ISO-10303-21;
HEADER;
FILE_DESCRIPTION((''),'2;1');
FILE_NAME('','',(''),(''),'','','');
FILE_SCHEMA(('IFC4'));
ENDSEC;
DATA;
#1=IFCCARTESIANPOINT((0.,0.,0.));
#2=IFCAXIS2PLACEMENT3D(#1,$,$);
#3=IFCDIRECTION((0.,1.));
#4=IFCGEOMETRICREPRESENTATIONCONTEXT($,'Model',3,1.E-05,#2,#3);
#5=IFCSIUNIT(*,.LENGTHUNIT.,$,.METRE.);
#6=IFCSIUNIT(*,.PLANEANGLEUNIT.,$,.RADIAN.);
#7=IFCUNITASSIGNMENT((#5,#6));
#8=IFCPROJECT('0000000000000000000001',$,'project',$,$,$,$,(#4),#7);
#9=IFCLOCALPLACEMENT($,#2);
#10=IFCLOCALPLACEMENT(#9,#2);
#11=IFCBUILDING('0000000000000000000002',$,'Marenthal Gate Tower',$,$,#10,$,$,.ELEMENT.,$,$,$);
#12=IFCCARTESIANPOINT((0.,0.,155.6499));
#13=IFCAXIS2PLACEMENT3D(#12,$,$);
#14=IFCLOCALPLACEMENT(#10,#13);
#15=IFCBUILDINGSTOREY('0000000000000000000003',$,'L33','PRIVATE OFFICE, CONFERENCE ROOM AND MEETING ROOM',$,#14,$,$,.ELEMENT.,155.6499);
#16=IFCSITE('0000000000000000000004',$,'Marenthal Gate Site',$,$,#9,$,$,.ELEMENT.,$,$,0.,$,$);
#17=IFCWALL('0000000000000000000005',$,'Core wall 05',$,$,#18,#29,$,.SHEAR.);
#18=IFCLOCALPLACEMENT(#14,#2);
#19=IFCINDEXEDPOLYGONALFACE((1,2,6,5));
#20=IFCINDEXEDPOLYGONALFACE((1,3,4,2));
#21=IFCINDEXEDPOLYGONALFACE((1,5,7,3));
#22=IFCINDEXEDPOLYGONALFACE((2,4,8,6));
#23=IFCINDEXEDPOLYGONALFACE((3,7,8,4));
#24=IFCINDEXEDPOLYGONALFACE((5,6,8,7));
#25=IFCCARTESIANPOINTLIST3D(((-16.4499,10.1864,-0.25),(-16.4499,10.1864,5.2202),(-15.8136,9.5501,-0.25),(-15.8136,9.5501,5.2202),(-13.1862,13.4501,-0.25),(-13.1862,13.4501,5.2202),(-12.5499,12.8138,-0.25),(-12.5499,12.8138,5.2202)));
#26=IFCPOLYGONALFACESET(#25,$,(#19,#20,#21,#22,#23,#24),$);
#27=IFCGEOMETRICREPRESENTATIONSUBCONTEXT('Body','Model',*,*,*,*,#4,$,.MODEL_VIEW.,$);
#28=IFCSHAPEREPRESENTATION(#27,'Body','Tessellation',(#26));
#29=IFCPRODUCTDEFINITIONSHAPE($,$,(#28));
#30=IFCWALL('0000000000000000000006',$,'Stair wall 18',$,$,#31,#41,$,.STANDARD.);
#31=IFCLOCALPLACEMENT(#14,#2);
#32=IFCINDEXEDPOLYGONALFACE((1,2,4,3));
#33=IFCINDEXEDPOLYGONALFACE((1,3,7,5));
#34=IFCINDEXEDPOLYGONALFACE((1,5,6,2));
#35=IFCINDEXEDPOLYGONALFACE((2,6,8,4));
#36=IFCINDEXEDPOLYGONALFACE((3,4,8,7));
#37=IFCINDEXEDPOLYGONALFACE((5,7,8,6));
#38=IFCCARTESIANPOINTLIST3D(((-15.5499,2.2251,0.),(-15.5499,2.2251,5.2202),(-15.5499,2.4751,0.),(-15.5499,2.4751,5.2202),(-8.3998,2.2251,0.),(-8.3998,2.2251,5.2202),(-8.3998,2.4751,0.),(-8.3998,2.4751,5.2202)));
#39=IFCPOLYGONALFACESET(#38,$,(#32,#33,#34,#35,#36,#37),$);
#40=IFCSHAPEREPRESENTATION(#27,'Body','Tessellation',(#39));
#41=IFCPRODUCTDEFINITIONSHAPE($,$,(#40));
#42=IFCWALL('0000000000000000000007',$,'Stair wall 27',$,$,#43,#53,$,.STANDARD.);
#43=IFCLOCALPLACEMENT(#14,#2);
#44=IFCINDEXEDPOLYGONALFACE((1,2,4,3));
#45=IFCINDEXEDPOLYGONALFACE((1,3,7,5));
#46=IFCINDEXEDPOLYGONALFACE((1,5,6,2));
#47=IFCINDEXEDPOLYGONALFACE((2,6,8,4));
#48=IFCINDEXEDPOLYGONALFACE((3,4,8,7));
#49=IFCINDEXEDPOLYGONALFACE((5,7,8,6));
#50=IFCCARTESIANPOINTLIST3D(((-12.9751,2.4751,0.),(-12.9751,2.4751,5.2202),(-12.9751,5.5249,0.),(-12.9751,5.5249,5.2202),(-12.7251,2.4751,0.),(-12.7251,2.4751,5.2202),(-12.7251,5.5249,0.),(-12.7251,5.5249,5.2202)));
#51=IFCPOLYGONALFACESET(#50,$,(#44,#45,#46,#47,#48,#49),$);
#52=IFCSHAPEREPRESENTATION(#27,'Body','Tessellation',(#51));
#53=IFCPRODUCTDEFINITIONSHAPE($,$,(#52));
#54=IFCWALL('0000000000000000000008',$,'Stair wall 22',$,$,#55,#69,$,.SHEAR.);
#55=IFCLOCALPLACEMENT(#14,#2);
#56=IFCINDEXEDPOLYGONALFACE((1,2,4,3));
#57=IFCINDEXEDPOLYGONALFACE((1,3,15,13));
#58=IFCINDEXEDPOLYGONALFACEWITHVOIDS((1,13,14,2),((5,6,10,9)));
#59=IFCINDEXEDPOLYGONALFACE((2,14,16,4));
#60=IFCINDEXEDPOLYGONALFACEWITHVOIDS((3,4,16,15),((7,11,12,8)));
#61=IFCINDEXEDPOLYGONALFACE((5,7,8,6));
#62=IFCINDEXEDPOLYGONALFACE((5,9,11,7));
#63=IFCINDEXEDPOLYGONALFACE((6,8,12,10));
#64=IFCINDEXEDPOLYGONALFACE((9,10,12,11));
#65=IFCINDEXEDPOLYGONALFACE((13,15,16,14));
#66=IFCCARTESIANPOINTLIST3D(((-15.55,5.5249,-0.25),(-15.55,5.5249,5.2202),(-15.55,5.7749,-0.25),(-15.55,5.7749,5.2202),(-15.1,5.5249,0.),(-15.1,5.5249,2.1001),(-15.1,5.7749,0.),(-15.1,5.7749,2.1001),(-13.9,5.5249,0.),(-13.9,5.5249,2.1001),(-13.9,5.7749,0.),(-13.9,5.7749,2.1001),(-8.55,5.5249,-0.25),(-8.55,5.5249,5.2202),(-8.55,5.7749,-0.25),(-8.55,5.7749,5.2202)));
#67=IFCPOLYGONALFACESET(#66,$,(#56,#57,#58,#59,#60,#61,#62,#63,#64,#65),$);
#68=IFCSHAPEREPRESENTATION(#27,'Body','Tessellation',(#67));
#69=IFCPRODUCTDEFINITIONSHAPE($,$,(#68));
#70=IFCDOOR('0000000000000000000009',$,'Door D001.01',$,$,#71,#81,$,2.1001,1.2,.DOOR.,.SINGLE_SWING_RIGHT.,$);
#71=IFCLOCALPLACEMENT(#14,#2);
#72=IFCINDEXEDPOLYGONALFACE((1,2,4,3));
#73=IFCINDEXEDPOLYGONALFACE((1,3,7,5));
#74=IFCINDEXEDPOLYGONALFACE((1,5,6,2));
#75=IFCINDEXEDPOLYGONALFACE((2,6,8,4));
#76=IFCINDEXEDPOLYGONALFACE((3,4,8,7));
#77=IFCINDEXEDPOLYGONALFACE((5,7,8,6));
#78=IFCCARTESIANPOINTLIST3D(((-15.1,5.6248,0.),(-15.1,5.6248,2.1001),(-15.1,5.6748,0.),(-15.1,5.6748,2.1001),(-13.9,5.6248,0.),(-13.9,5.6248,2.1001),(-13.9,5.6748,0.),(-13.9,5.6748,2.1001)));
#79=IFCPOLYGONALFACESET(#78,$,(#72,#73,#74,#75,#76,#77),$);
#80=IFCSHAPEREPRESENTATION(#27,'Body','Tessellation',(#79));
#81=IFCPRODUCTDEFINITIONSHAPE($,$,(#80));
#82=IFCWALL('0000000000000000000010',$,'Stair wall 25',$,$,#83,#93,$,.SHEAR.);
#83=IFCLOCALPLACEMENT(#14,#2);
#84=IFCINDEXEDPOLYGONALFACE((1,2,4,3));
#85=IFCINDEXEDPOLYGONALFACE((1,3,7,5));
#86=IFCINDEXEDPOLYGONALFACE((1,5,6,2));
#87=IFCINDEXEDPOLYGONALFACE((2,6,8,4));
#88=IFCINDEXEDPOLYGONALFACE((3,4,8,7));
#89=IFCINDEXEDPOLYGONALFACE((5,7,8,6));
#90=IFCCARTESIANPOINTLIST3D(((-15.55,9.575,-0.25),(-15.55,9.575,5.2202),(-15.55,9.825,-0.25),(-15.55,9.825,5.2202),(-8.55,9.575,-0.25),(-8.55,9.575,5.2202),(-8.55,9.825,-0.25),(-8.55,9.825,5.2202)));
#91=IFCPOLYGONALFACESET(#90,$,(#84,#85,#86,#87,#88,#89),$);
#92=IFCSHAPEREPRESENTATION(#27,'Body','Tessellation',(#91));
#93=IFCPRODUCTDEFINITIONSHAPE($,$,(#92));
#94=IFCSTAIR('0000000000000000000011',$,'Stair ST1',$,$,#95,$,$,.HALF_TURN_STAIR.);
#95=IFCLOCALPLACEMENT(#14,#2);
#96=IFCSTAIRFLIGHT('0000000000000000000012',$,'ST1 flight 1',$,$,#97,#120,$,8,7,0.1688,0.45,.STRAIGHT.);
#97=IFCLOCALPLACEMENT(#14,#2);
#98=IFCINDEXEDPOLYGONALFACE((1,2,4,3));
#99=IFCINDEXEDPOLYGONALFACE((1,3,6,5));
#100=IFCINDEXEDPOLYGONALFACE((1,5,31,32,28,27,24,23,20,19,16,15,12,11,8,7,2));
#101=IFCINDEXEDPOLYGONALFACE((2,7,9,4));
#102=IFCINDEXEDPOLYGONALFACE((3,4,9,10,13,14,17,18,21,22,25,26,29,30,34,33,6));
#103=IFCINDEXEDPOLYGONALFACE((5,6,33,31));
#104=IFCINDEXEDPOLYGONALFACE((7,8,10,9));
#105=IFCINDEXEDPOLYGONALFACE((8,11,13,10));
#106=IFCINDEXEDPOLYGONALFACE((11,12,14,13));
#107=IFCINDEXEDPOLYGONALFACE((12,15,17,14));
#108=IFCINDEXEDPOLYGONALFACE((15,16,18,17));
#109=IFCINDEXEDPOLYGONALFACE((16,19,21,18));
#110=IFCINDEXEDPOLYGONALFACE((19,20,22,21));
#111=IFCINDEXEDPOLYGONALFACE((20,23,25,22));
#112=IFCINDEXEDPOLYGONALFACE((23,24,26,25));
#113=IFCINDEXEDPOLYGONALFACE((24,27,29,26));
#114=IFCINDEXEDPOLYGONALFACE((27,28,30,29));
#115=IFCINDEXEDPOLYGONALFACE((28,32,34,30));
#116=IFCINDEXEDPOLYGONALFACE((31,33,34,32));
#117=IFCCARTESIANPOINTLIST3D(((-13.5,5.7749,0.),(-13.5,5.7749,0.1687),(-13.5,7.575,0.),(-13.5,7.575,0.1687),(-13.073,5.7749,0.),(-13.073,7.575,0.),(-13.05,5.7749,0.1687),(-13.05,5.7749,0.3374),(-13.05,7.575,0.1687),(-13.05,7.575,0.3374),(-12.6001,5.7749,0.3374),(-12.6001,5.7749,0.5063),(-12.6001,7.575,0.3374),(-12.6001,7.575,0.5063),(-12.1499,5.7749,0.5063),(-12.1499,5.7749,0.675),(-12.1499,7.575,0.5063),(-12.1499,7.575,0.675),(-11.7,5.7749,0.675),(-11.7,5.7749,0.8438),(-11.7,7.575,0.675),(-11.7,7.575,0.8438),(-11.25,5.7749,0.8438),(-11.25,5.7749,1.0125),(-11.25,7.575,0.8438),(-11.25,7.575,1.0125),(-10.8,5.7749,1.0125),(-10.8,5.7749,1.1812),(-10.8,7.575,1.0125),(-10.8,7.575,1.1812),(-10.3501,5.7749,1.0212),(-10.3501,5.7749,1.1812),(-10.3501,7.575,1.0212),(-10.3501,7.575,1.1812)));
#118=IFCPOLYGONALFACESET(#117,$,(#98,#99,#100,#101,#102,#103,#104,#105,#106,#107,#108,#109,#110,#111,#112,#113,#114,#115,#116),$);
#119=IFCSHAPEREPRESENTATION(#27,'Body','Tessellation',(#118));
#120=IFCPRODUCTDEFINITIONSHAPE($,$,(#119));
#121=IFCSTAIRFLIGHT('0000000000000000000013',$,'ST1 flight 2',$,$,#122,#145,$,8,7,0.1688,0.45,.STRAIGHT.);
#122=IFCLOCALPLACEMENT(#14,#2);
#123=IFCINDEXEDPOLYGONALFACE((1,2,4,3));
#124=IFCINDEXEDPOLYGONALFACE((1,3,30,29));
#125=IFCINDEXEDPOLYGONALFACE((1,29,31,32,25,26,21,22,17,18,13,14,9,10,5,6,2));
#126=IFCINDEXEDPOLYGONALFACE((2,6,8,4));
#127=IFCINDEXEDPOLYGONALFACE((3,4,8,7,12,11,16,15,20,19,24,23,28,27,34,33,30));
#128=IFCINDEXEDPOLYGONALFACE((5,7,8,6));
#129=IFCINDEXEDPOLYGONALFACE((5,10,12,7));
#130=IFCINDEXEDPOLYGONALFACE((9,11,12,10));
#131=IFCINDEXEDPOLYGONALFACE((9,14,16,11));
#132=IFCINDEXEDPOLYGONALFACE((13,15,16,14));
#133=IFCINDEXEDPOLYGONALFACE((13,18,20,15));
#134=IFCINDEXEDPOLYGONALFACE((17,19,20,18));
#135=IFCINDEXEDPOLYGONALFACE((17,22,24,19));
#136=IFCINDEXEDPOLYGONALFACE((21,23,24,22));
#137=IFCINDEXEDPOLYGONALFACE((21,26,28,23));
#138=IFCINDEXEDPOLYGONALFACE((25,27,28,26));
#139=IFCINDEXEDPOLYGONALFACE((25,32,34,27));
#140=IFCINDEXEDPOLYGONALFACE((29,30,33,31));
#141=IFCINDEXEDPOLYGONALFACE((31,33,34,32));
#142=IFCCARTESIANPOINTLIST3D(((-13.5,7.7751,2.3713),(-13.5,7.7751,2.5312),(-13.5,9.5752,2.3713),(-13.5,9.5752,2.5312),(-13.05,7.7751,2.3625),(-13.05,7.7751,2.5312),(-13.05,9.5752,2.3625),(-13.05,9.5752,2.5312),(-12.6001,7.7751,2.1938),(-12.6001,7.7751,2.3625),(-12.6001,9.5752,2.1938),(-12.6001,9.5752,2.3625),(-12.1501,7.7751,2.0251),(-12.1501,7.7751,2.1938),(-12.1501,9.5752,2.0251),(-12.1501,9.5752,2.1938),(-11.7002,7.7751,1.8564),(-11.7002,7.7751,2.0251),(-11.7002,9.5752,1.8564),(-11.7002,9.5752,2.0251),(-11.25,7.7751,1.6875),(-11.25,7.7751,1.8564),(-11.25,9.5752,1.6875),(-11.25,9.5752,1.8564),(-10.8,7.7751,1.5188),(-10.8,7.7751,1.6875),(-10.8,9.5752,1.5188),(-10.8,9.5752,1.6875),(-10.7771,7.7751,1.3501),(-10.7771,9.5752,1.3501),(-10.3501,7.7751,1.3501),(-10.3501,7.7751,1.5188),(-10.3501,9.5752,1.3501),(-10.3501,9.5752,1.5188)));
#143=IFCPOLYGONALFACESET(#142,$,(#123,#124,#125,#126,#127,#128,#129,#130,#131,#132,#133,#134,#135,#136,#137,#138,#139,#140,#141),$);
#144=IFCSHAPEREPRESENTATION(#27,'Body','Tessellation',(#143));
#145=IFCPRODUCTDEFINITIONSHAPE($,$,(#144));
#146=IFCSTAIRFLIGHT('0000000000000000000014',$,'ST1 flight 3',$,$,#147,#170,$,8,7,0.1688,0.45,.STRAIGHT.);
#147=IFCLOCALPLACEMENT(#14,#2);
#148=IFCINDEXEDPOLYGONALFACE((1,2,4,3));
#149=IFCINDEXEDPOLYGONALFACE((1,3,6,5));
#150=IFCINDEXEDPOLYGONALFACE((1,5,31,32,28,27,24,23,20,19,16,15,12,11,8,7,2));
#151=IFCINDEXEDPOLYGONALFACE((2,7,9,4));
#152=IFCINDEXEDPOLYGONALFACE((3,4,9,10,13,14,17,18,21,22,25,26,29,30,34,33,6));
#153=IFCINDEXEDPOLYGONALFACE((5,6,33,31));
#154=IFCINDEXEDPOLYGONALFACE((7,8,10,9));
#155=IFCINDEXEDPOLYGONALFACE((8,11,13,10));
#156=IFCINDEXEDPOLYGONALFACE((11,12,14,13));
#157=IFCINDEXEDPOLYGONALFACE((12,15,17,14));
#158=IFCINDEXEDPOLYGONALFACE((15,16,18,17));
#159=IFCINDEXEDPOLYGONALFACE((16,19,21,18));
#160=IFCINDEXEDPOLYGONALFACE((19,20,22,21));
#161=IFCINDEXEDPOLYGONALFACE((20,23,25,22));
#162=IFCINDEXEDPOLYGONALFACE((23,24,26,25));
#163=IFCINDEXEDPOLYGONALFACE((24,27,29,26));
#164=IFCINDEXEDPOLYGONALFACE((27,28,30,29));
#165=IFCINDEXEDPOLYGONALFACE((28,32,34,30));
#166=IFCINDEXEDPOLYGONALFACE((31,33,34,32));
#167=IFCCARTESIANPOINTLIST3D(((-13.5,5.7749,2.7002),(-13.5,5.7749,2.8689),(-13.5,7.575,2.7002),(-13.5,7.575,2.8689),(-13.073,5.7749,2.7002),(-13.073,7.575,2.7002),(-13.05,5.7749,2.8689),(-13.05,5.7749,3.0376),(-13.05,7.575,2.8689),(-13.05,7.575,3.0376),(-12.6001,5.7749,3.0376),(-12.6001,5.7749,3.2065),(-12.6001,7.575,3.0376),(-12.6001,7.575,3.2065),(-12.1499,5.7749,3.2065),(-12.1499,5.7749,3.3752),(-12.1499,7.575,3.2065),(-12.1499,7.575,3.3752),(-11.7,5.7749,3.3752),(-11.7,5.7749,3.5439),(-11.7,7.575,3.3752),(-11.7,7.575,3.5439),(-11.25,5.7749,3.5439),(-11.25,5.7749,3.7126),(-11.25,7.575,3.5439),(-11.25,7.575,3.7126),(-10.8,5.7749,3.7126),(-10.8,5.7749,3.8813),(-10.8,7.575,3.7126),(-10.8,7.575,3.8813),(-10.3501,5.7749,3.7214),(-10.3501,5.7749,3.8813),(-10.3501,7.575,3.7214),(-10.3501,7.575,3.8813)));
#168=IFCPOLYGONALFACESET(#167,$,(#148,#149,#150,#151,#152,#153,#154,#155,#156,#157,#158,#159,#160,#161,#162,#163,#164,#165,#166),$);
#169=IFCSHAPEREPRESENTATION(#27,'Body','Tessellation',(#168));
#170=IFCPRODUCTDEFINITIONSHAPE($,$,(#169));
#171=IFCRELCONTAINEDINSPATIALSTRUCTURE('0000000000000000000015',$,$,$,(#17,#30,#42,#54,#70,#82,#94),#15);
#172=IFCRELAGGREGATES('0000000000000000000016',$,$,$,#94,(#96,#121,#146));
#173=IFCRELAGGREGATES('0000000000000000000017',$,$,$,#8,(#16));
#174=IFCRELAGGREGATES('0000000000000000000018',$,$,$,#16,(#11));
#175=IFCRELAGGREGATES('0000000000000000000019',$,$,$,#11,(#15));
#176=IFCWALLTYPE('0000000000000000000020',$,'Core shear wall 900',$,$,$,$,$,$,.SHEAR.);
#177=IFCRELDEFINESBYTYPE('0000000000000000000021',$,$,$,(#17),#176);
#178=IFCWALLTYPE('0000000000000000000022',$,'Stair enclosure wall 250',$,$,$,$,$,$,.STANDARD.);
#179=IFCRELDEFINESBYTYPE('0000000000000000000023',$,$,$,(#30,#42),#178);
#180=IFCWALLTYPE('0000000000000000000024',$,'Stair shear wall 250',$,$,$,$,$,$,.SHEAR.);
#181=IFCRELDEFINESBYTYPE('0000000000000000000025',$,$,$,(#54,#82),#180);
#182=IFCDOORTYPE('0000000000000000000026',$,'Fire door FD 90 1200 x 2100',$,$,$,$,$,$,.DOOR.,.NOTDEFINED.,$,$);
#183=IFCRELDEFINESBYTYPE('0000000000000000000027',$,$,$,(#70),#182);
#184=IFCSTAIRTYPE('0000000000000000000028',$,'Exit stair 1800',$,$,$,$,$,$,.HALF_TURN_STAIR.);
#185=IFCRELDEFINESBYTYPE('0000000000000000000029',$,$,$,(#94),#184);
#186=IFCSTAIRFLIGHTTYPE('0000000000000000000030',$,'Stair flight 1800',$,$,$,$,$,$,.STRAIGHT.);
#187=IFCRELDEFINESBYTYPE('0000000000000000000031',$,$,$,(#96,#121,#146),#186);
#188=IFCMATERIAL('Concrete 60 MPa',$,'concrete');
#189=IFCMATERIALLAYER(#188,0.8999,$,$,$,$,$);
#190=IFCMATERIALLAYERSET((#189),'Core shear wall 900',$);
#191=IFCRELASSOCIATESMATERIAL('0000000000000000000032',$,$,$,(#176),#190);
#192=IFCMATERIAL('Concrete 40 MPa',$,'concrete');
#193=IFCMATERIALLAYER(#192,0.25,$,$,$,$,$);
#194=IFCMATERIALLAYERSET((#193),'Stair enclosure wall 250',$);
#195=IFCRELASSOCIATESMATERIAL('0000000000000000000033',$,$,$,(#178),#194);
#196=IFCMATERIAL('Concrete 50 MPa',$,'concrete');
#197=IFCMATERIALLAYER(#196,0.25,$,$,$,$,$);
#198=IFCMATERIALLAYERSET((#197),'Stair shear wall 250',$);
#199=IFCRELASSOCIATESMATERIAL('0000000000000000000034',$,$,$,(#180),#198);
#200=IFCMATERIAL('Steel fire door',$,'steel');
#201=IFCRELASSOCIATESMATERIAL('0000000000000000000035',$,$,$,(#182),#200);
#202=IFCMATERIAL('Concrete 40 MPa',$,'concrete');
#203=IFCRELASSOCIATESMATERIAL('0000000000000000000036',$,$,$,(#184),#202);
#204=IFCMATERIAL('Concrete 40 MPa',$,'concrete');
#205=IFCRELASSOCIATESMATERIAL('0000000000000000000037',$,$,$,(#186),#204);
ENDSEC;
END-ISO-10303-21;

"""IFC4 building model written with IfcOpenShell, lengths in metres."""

from ifc_helpers import new_model, si_unit, direction, frame, frame_2d, origin, place, context, subcontext, project, spatial, polyline, rectangle, outline, extrude, material, layer, layer_set, type_object, element, fill, aggregate, save


model = new_model("IFC4")

# Units and contexts
model_context = context("Model", 3, precision=1e-05, world=origin(), true_north=direction((0.0, 1.0)))
body_context = subcontext(model_context, "Body", "Model", "MODEL_VIEW")
ifc_project = project(units=[si_unit("LENGTHUNIT", "METRE"), si_unit("PLANEANGLEUNIT", "RADIAN")], contexts=[model_context])

# Site, building, storey
site_placement = place(None, origin())
site = spatial("IfcSite", under=ifc_project, at=site_placement, Name="Marenthal Gate Site", CompositionType="ELEMENT", RefElevation=0.0)
building_placement = place(site_placement, origin())
building = spatial("IfcBuilding", under=site, at=building_placement, Name="Marenthal Gate Tower", CompositionType="ELEMENT")
storey_placement = place(building_placement, frame((0.0, 0.0, 155.6499)))
storey = spatial("IfcBuildingStorey", under=building, at=storey_placement, Name="L33", Description="PRIVATE OFFICE, CONFERENCE ROOM AND MEETING ROOM", CompositionType="ELEMENT", Elevation=155.6499)

# Walls
ifc_material_1 = material(Name="Concrete 60 MPa", Category="concrete")
ifc_layer_1 = layer(ifc_material_1, 0.8999)
ifc_layer_set_1 = layer_set([ifc_layer_1], Name="Core shear wall 900")
wall_type_1 = type_object("IfcWallType", Name="Core shear wall 900", PredefinedType="SHEAR", material=ifc_layer_set_1)
wall_1_placement = place(storey_placement, frame((-12.8682, 13.1318, -0.25), z_axis=(0.0, 0.0, 1.0), x_axis=(-0.707107, -0.707107, 0.0)))
element("IfcWall", 1, at=wall_1_placement, inside=storey, type_object=wall_type_1, Name="Core wall 05", PredefinedType="SHEAR", context=body_context, shape_type="SweptSolid", body=[
    extrude(rectangle(XDim=4.6155, YDim=0.8999, at=frame_2d((2.3076, 0.0))), origin(), (0.0, 0.0, 1.0), 5.4702),
])
ifc_material_2 = material(Name="Concrete 40 MPa", Category="concrete")
ifc_layer_2 = layer(ifc_material_2, 0.25)
ifc_layer_set_2 = layer_set([ifc_layer_2], Name="Stair enclosure wall 250")
wall_type_2 = type_object("IfcWallType", Name="Stair enclosure wall 250", PredefinedType="STANDARD", material=ifc_layer_set_2)
wall_2_placement = place(storey_placement, frame((-15.55, 2.3501, 0.0), z_axis=(0.0, 0.0, 1.0), x_axis=(1.0, 0.0, 0.0)))
element("IfcWall", 2, at=wall_2_placement, inside=storey, type_object=wall_type_2, Name="Stair wall 18", PredefinedType="STANDARD", context=body_context, shape_type="SweptSolid", body=[
    extrude(rectangle(XDim=7.1501, YDim=0.25, at=frame_2d((3.5752, 0.0))), origin(), (0.0, 0.0, 1.0), 5.2202),
])
wall_3_placement = place(storey_placement, frame((-12.8501, 2.4751, 0.0), z_axis=(0.0, 0.0, 1.0), x_axis=(0.0, 1.0, 0.0)))
element("IfcWall", 3, at=wall_3_placement, inside=storey, type_object=wall_type_2, Name="Stair wall 27", PredefinedType="STANDARD", context=body_context, shape_type="SweptSolid", body=[
    extrude(rectangle(XDim=3.0498, YDim=0.25, at=frame_2d((1.5249, 0.0))), origin(), (0.0, 0.0, 1.0), 5.2202),
])

# Wall, opening, door
ifc_material_3 = material(Name="Concrete 50 MPa", Category="concrete")
ifc_layer_3 = layer(ifc_material_3, 0.25)
ifc_layer_set_3 = layer_set([ifc_layer_3], Name="Stair shear wall 250")
wall_type_3 = type_object("IfcWallType", Name="Stair shear wall 250", PredefinedType="SHEAR", material=ifc_layer_set_3)
wall_4_placement = place(storey_placement, frame((-15.55, 5.6499, -0.25), z_axis=(0.0, 0.0, 1.0), x_axis=(1.0, 0.0, 0.0)))
wall_4 = element("IfcWall", 4, at=wall_4_placement, inside=storey, type_object=wall_type_3, Name="Stair wall 22", PredefinedType="SHEAR", context=body_context, shape_type="SweptSolid", body=[
    extrude(rectangle(XDim=7.0, YDim=0.25, at=frame_2d((3.5, 0.0))), origin(), (0.0, 0.0, 1.0), 5.4702),
])
opening_placement = place(wall_4_placement, frame((0.45, 0.0, 0.25)))
opening = element("IfcOpeningElement", 5, at=opening_placement, cuts=wall_4, PredefinedType="OPENING", context=body_context, shape_type="SweptSolid", body=[
    extrude(rectangle(XDim=1.2, YDim=2.1001, at=frame_2d((0.6001, 1.05))), frame((0.0, 0.135, 0.0), z_axis=(0.0, -1.0, 0.0), x_axis=(1.0, 0.0, 0.0)), (0.0, 0.0, 1.0), 0.27),
])
ifc_material_4 = material(Name="Steel fire door", Category="steel")
door_type = type_object("IfcDoorType", Name="Fire door FD 90 1200 x 2100", OperationType="NOTDEFINED", PredefinedType="DOOR", material=ifc_material_4)
door_placement = place(opening_placement, origin())
door = element("IfcDoor", 6, at=door_placement, inside=storey, type_object=door_type, Name="Door D001.01", OperationType="SINGLE_SWING_RIGHT", OverallHeight=2.1001, OverallWidth=1.2, PredefinedType="DOOR", context=body_context, shape_type="SweptSolid", body=[
    extrude(rectangle(XDim=1.2, YDim=2.1001, at=frame_2d((0.6001, 1.05))), frame((0.0, 0.0249, 0.0), z_axis=(0.0, -1.0, 0.0), x_axis=(1.0, 0.0, 0.0)), (0.0, 0.0, 1.0), 0.05),
])
fill(opening, door)

# Wall
wall_5_placement = place(storey_placement, frame((-15.55, 9.7, -0.25), z_axis=(0.0, 0.0, 1.0), x_axis=(1.0, 0.0, 0.0)))
element("IfcWall", 7, at=wall_5_placement, inside=storey, type_object=wall_type_3, Name="Stair wall 25", PredefinedType="SHEAR", context=body_context, shape_type="SweptSolid", body=[
    extrude(rectangle(XDim=7.0, YDim=0.25, at=frame_2d((3.5, 0.0))), origin(), (0.0, 0.0, 1.0), 5.4702),
])

# Stair, stair flights
ifc_material_5 = material(Name="Concrete 40 MPa", Category="concrete")
stair_type = type_object("IfcStairType", Name="Exit stair 1800", PredefinedType="HALF_TURN_STAIR", material=ifc_material_5)
stair_placement = place(storey_placement, origin())
stair = element("IfcStair", 8, at=stair_placement, inside=storey, type_object=stair_type, Name="Stair ST1", PredefinedType="HALF_TURN_STAIR")
ifc_material_6 = material(Name="Concrete 40 MPa", Category="concrete")
stair_flight_type = type_object("IfcStairFlightType", Name="Stair flight 1800", PredefinedType="STRAIGHT", material=ifc_material_6)
stair_flight_1_placement = place(storey_placement, frame((-13.5, 6.675, 0.0), z_axis=(0.0, 0.0, 1.0), x_axis=(1.0, 0.0, 0.0)))
stair_flight_1 = element("IfcStairFlight", 9, at=stair_flight_1_placement, type_object=stair_flight_type, Name="ST1 flight 1", NumberOfRisers=8, NumberOfTreads=7, PredefinedType="STRAIGHT", RiserHeight=0.1688, TreadLength=0.45, context=body_context, shape_type="SweptSolid", body=[
    extrude(outline(polyline([(0.0, 0.0), (0.0, 0.1687), (0.45, 0.1687), (0.45, 0.3374), (0.8999, 0.3374), (0.8999, 0.5063), (1.3501, 0.5063), (1.3501, 0.675), (1.8, 0.675), (1.8, 0.8438), (2.25, 0.8438), (2.25, 1.0125), (2.7, 1.0125), (2.7, 1.1812), (3.1499, 1.1812), (3.1499, 1.3501), (3.1499, 1.0212), (0.427, 0.0), (0.0, 0.0)])), frame((0.0, 0.8999, 0.0), z_axis=(0.0, -1.0, 0.0), x_axis=(1.0, 0.0, 0.0)), (0.0, 0.0, 1.0), 1.8),
])
stair_flight_2_placement = place(storey_placement, frame((-10.3501, 8.675, 1.3501), z_axis=(0.0, 0.0, 1.0), x_axis=(-1.0, 0.0, 0.0)))
stair_flight_2 = element("IfcStairFlight", 10, at=stair_flight_2_placement, type_object=stair_flight_type, Name="ST1 flight 2", NumberOfRisers=8, NumberOfTreads=7, PredefinedType="STRAIGHT", RiserHeight=0.1688, TreadLength=0.45, context=body_context, shape_type="SweptSolid", body=[
    extrude(outline(polyline([(0.0, 0.0), (0.0, 0.1687), (0.45, 0.1687), (0.45, 0.3374), (0.8999, 0.3374), (0.8999, 0.5063), (1.3501, 0.5063), (1.3501, 0.675), (1.8, 0.675), (1.8, 0.8438), (2.25, 0.8438), (2.25, 1.0125), (2.7, 1.0125), (2.7, 1.1812), (3.1499, 1.1812), (3.1499, 1.3501), (3.1499, 1.0212), (0.427, 0.0), (0.0, 0.0)])), frame((0.0, 0.8999, 0.0), z_axis=(0.0, -1.0, 0.0), x_axis=(1.0, 0.0, 0.0)), (0.0, 0.0, 1.0), 1.8),
])
stair_flight_3_placement = place(storey_placement, frame((-13.5, 6.675, 2.7002), z_axis=(0.0, 0.0, 1.0), x_axis=(1.0, 0.0, 0.0)))
stair_flight_3 = element("IfcStairFlight", 11, at=stair_flight_3_placement, type_object=stair_flight_type, Name="ST1 flight 3", NumberOfRisers=8, NumberOfTreads=7, PredefinedType="STRAIGHT", RiserHeight=0.1688, TreadLength=0.45, context=body_context, shape_type="SweptSolid", body=[
    extrude(outline(polyline([(0.0, 0.0), (0.0, 0.1687), (0.45, 0.1687), (0.45, 0.3374), (0.8999, 0.3374), (0.8999, 0.5063), (1.3501, 0.5063), (1.3501, 0.675), (1.8, 0.675), (1.8, 0.8438), (2.25, 0.8438), (2.25, 1.0125), (2.7, 1.0125), (2.7, 1.1812), (3.1499, 1.1812), (3.1499, 1.3501), (3.1499, 1.0212), (0.427, 0.0), (0.0, 0.0)])), frame((0.0, 0.8999, 0.0), z_axis=(0.0, -1.0, 0.0), x_axis=(1.0, 0.0, 0.0)), (0.0, 0.0, 1.0), 1.8),
])
aggregate(stair, [stair_flight_1, stair_flight_2, stair_flight_3])

save(model, "model.ifc")
